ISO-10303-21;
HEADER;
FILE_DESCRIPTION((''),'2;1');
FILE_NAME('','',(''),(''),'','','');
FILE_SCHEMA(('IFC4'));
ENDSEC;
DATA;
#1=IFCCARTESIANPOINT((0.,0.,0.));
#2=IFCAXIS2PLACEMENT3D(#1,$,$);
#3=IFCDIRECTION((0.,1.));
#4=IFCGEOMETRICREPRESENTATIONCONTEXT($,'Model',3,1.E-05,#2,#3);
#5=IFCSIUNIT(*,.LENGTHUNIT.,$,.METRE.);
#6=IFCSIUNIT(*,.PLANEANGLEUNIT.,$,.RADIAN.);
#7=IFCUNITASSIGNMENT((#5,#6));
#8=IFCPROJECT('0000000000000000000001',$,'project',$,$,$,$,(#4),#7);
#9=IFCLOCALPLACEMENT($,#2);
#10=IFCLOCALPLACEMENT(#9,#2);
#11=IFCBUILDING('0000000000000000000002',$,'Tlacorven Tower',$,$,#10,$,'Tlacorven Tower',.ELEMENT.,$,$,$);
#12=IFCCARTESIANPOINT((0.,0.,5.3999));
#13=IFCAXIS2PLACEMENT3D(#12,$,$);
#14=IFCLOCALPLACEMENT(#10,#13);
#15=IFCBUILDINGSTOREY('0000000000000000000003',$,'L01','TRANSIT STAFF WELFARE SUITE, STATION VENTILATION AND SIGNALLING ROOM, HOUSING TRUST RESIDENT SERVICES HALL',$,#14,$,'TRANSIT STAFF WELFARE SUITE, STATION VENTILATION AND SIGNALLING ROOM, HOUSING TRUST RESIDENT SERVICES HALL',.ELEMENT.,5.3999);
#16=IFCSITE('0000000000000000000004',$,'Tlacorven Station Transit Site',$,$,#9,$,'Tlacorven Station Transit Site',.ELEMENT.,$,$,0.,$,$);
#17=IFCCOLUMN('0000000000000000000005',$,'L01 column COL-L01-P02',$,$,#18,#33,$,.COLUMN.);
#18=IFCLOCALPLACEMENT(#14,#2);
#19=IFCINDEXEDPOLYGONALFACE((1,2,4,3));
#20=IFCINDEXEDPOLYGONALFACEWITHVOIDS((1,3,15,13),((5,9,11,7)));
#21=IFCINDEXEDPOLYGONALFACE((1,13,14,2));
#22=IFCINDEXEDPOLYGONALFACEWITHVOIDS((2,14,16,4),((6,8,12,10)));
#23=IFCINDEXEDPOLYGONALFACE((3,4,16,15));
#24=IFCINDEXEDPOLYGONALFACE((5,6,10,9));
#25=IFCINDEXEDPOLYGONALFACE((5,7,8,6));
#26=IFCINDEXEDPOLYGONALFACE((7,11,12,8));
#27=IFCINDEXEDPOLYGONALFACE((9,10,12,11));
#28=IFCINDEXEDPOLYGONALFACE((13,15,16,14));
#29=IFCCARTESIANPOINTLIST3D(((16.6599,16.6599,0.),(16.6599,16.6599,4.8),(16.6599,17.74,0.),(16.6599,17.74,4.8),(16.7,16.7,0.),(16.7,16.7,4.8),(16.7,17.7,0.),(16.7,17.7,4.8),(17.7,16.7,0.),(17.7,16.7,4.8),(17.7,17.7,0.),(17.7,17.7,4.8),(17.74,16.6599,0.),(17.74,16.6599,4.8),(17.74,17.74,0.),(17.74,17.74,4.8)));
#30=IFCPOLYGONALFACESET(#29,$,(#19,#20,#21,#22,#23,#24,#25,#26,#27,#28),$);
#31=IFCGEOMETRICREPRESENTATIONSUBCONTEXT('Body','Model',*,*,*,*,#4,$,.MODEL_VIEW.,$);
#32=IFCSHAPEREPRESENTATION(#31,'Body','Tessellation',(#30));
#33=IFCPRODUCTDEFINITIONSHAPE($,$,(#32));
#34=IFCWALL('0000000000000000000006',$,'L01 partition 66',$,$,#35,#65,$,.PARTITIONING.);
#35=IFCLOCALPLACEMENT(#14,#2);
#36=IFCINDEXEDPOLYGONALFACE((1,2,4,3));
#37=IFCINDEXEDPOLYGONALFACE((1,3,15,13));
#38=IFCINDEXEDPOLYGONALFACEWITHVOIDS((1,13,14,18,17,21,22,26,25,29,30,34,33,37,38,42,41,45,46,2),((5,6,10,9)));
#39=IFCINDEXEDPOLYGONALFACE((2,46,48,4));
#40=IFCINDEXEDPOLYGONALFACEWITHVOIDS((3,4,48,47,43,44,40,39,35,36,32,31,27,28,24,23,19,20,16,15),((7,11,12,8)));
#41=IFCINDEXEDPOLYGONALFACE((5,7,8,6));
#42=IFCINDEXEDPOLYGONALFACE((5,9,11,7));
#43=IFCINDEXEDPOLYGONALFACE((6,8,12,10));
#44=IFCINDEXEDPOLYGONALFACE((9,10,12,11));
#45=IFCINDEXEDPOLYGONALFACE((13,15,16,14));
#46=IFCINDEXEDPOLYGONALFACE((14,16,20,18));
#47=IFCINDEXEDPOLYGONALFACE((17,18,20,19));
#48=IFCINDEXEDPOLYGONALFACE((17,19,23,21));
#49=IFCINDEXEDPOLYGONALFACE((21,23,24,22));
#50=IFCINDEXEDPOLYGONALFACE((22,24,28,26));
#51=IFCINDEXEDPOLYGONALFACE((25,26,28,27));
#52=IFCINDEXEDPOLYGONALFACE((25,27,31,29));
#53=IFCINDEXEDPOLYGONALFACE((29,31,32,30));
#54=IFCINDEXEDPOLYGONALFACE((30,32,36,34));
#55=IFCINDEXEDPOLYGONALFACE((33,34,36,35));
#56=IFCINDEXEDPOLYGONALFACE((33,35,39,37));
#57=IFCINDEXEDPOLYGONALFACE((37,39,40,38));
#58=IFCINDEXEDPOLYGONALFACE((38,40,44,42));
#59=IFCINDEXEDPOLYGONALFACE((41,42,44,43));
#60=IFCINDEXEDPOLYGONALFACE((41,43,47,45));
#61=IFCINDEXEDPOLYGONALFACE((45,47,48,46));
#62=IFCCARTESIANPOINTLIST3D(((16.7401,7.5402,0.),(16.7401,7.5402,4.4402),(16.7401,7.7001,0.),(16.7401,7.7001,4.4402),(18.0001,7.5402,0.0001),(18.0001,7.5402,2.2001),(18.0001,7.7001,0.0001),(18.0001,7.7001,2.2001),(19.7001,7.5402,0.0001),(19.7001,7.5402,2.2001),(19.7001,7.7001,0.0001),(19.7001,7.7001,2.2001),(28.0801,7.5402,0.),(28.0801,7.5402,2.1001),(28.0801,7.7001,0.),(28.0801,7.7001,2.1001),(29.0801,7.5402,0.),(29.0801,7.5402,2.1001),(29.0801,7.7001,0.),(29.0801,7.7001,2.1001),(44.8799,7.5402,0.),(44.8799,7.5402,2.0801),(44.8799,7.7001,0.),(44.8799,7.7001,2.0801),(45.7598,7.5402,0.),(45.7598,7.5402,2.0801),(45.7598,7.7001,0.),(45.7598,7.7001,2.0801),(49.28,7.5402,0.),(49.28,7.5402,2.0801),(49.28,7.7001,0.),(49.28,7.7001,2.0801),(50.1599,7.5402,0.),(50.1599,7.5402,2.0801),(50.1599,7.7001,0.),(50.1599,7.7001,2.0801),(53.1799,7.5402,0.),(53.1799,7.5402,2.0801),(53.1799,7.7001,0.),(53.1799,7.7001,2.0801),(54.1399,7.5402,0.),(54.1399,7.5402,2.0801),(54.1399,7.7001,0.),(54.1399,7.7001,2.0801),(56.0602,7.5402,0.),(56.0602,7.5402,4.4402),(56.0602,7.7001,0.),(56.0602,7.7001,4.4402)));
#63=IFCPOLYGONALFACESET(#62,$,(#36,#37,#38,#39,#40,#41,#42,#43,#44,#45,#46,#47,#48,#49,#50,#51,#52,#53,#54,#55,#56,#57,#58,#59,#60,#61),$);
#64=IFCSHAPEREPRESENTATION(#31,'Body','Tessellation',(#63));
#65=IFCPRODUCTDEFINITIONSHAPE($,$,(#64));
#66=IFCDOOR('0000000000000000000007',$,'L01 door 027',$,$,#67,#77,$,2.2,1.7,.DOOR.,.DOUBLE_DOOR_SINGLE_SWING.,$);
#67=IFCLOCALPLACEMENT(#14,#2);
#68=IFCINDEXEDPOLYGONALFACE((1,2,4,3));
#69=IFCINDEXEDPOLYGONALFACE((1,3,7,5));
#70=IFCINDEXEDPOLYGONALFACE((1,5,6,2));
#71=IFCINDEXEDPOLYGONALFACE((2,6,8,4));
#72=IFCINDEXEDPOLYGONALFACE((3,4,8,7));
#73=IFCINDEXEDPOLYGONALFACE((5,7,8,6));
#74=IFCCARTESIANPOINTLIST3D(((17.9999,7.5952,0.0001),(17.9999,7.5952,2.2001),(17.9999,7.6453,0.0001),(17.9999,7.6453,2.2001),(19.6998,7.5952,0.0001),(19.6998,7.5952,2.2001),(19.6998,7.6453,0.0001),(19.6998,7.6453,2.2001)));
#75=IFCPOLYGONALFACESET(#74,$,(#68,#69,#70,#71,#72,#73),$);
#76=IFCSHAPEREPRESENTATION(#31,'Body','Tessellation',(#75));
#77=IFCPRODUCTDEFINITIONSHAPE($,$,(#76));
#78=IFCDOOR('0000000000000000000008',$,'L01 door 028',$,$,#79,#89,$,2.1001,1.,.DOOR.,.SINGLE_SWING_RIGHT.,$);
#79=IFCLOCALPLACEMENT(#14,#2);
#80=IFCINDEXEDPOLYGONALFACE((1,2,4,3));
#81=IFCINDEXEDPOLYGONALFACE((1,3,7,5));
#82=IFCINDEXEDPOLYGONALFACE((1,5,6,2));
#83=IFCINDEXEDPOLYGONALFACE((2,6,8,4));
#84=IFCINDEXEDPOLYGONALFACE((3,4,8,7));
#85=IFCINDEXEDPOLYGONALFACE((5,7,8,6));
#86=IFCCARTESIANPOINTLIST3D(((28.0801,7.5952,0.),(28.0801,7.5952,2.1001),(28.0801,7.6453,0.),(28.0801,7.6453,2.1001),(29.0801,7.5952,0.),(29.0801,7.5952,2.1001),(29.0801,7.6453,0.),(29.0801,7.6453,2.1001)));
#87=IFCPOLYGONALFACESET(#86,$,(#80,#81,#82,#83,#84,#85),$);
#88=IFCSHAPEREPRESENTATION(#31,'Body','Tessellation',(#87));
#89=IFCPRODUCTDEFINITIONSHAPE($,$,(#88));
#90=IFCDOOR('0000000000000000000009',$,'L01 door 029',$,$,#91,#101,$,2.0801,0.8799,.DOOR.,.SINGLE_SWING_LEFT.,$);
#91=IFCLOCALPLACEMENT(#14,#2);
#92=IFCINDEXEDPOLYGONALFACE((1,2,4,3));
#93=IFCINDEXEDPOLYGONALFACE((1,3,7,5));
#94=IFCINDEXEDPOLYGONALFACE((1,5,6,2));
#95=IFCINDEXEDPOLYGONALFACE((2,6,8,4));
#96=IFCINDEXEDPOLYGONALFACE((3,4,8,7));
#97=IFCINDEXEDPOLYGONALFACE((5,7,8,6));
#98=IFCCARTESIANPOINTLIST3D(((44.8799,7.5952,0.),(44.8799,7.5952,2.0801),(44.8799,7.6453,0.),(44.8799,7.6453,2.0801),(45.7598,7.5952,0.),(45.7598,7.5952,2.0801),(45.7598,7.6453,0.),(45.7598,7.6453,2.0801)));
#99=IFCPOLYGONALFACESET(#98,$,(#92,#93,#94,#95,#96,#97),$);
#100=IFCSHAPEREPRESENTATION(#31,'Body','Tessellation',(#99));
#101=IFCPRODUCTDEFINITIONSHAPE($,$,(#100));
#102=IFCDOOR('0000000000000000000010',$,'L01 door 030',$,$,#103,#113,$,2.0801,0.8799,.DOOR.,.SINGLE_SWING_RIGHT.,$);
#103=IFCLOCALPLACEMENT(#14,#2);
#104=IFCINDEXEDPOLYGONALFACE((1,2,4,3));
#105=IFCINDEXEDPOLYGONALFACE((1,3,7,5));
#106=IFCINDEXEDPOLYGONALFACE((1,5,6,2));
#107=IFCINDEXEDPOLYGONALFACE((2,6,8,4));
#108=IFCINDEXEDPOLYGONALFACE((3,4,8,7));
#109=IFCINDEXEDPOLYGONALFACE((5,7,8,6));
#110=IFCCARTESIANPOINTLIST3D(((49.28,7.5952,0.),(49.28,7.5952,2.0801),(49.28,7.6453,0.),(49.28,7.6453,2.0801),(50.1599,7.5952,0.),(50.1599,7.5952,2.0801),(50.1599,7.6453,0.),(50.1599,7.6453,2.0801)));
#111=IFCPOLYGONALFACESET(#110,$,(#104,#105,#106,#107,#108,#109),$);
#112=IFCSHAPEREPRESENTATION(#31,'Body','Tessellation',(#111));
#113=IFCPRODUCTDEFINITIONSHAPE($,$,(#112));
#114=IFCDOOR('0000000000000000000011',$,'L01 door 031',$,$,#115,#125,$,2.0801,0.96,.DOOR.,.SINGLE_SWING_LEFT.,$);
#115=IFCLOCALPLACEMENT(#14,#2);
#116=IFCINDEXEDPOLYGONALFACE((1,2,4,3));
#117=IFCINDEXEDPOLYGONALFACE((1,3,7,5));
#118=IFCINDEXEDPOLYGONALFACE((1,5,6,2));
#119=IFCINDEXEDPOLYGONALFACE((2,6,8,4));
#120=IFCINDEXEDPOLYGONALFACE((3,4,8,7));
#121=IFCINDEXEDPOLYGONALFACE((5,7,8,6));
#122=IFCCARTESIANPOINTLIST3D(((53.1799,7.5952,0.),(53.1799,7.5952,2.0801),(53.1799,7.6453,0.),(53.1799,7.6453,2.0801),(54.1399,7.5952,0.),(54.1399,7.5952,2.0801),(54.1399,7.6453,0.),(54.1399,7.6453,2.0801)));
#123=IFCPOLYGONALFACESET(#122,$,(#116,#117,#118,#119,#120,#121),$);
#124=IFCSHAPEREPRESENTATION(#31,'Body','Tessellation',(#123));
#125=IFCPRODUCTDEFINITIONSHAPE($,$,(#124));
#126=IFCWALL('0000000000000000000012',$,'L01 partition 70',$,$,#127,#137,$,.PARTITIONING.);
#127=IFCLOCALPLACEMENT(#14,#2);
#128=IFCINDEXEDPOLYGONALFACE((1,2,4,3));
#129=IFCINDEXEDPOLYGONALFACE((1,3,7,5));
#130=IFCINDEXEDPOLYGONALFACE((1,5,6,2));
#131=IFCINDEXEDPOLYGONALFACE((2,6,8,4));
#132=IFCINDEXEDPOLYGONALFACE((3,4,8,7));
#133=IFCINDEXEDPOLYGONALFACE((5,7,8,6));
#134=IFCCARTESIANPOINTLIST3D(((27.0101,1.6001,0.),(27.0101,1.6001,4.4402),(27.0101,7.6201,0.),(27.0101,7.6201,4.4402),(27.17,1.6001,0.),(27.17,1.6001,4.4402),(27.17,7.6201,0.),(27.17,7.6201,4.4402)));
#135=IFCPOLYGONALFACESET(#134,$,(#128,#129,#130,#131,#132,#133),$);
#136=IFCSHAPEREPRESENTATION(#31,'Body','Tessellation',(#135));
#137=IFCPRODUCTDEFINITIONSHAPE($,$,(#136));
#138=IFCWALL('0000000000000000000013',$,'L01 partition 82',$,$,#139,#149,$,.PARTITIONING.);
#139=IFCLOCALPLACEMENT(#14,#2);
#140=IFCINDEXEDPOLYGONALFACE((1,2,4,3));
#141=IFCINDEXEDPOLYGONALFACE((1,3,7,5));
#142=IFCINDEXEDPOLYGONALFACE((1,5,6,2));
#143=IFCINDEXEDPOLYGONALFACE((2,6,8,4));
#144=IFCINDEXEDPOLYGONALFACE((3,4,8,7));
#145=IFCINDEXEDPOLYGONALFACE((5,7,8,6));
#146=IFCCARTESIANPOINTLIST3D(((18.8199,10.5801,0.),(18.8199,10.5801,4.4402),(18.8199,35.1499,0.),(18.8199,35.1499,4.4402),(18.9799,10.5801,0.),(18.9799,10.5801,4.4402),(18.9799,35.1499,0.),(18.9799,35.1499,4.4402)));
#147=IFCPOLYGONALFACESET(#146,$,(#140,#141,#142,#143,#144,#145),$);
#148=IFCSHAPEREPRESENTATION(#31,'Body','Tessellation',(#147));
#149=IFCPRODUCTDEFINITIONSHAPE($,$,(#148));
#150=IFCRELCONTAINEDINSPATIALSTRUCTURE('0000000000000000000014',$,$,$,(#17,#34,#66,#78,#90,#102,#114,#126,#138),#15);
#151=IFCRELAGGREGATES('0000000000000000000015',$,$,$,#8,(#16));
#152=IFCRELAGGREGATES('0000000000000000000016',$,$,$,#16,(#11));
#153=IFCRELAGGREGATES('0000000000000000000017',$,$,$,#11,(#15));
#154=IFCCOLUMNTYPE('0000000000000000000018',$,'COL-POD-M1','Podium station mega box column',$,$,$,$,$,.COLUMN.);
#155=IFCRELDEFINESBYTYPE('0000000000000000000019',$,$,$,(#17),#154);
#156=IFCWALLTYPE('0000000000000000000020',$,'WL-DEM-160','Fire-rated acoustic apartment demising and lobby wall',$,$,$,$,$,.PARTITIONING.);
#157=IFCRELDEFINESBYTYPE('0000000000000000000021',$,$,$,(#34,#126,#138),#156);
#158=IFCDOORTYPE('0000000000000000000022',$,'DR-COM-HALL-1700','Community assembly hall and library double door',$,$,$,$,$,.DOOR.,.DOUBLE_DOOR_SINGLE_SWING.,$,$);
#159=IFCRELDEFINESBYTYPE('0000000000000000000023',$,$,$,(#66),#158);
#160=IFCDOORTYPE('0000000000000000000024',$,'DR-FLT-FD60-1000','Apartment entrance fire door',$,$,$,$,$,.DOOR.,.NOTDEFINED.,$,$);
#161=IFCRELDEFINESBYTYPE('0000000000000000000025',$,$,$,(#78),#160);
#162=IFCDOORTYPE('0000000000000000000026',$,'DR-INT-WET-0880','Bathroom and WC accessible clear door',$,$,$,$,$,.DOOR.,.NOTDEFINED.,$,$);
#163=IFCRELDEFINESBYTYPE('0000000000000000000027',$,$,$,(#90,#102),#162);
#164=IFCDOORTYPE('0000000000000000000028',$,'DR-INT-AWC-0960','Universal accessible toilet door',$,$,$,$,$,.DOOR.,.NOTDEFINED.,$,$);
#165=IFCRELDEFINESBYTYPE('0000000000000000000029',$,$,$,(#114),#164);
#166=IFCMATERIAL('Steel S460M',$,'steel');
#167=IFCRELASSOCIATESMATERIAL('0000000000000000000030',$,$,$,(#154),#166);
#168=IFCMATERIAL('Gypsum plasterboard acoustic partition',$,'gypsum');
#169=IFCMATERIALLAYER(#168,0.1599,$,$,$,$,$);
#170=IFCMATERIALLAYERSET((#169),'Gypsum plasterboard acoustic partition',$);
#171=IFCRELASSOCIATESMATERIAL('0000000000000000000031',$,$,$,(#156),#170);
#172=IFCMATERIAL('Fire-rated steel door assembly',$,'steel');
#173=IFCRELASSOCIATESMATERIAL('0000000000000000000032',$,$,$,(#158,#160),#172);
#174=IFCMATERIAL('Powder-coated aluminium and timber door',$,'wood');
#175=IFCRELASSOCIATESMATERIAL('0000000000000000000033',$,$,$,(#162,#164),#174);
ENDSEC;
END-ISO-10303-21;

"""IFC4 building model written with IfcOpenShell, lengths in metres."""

from ifc_helpers import new_model, si_unit, direction, frame, frame_2d, origin, origin_2d, place, context, subcontext, project, spatial, rectangle, hollow_rectangle, extrude, source, transform, mapped, material, layer, layer_set, material_profile, profile_set, type_object, element, fill, save


model = new_model("IFC4")

# Units and contexts
model_context = context("Model", 3, precision=1e-05, world=origin(), true_north=direction((0.0, 1.0)))
body_context = subcontext(model_context, "Body", "Model", "MODEL_VIEW")
ifc_project = project(units=[si_unit("LENGTHUNIT", "METRE"), si_unit("PLANEANGLEUNIT", "RADIAN")], contexts=[model_context])

# Site, building, storey
site_placement = place(None, origin())
site = spatial("IfcSite", under=ifc_project, at=site_placement, Name="Tlacorven Station Transit Site", LongName="Tlacorven Station Transit Site", CompositionType="ELEMENT", RefElevation=0.0)
building_placement = place(site_placement, origin())
building = spatial("IfcBuilding", under=site, at=building_placement, Name="Tlacorven Tower", LongName="Tlacorven Tower", CompositionType="ELEMENT")
storey_placement = place(building_placement, frame((0.0, 0.0, 5.3999)))
storey = spatial("IfcBuildingStorey", under=building, at=storey_placement, Name="L01", Description="TRANSIT STAFF WELFARE SUITE, STATION VENTILATION AND SIGNALLING ROOM, HOUSING TRUST RESIDENT SERVICES HALL", LongName="TRANSIT STAFF WELFARE SUITE, STATION VENTILATION AND SIGNALLING ROOM, HOUSING TRUST RESIDENT SERVICES HALL", CompositionType="ELEMENT", Elevation=5.3999)

# Column
ifc_material_1 = material(Name="Steel S460M", Category="steel")
ifc_material_profile = material_profile(ifc_material_1, hollow_rectangle(XDim=1.0801, YDim=1.0801, WallThickness=0.04, at=origin_2d()), Name="BOX 1080X1080X40")
ifc_profile_set = profile_set([ifc_material_profile], Name="Steel S460M")
column_type = type_object("IfcColumnType", Name="COL-POD-M1", Description="Podium station mega box column", PredefinedType="COLUMN", material=ifc_profile_set)
shared_shape_1 = source(origin(), body_context, "Body", "SweptSolid", [
    extrude(hollow_rectangle(XDim=1.0801, YDim=1.0801, WallThickness=0.04, at=origin_2d()), origin(), (0.0, 0.0, 1.0), 4.8),
])
column_placement = place(storey_placement, frame((17.2, 17.2, 0.0), z_axis=(0.0, 0.0, 1.0), x_axis=(1.0, 0.0, 0.0)))
element("IfcColumn", 1, at=column_placement, inside=storey, type_object=column_type, Name="L01 column COL-L01-P02", PredefinedType="COLUMN", context=body_context, shape_type="MappedRepresentation", body=[
    mapped(shared_shape_1, transform((0.0, 0.0, 0.0), scale=1.0)),
])

# Wall, openings, doors
ifc_material_2 = material(Name="Gypsum plasterboard acoustic partition", Category="gypsum")
ifc_layer_1 = layer(ifc_material_2, 0.1599)
ifc_layer_set_1 = layer_set([ifc_layer_1], Name="Gypsum plasterboard acoustic partition")
wall_type_1 = type_object("IfcWallType", Name="WL-DEM-160", Description="Fire-rated acoustic apartment demising and lobby wall", PredefinedType="PARTITIONING", material=ifc_layer_set_1)
wall_1_placement = place(storey_placement, frame((16.74, 7.6201, 0.0), z_axis=(0.0, 0.0, 1.0), x_axis=(1.0, 0.0, 0.0)))
wall_1 = element("IfcWall", 2, at=wall_1_placement, inside=storey, type_object=wall_type_1, Name="L01 partition 66", PredefinedType="PARTITIONING", context=body_context, shape_type="SweptSolid", body=[
    extrude(rectangle(XDim=39.3201, YDim=0.1599, at=frame_2d((19.6602, 0.0))), origin(), (0.0, 0.0, 1.0), 4.4402),
])
opening_1_placement = place(wall_1_placement, frame((1.26, 0.0, 0.0)))
opening_1 = element("IfcOpeningElement", 3, at=opening_1_placement, cuts=wall_1, PredefinedType="OPENING", context=body_context, shape_type="SweptSolid", body=[
    extrude(rectangle(XDim=1.7, YDim=2.2, at=frame_2d((0.8501, 1.1001))), frame((0.0, 0.0898, 0.0), z_axis=(0.0, -1.0, 0.0), x_axis=(1.0, 0.0, 0.0)), (0.0, 0.0, 1.0), 0.1799),
])
opening_2_placement = place(wall_1_placement, frame((11.3401, 0.0, 0.0)))
opening_2 = element("IfcOpeningElement", 4, at=opening_2_placement, cuts=wall_1, PredefinedType="OPENING", context=body_context, shape_type="SweptSolid", body=[
    extrude(rectangle(XDim=1.0, YDim=2.1001, at=frame_2d((0.5, 1.05))), frame((0.0, 0.0898, 0.0), z_axis=(0.0, -1.0, 0.0), x_axis=(1.0, 0.0, 0.0)), (0.0, 0.0, 1.0), 0.1799),
])
opening_3_placement = place(wall_1_placement, frame((28.1399, 0.0, 0.0)))
opening_3 = element("IfcOpeningElement", 5, at=opening_3_placement, cuts=wall_1, PredefinedType="OPENING", context=body_context, shape_type="SweptSolid", body=[
    extrude(rectangle(XDim=0.8799, YDim=2.0801, at=frame_2d((0.4399, 1.04))), frame((0.0, 0.0898, 0.0), z_axis=(0.0, -1.0, 0.0), x_axis=(1.0, 0.0, 0.0)), (0.0, 0.0, 1.0), 0.1799),
])
opening_4_placement = place(wall_1_placement, frame((32.54, 0.0, 0.0)))
opening_4 = element("IfcOpeningElement", 6, at=opening_4_placement, cuts=wall_1, PredefinedType="OPENING", context=body_context, shape_type="SweptSolid", body=[
    extrude(rectangle(XDim=0.8799, YDim=2.0801, at=frame_2d((0.4399, 1.04))), frame((0.0, 0.0898, 0.0), z_axis=(0.0, -1.0, 0.0), x_axis=(1.0, 0.0, 0.0)), (0.0, 0.0, 1.0), 0.1799),
])
opening_5_placement = place(wall_1_placement, frame((36.4399, 0.0, 0.0)))
opening_5 = element("IfcOpeningElement", 7, at=opening_5_placement, cuts=wall_1, PredefinedType="OPENING", context=body_context, shape_type="SweptSolid", body=[
    extrude(rectangle(XDim=0.96, YDim=2.0801, at=frame_2d((0.48, 1.04))), frame((0.0, 0.0898, 0.0), z_axis=(0.0, -1.0, 0.0), x_axis=(1.0, 0.0, 0.0)), (0.0, 0.0, 1.0), 0.1799),
])
ifc_material_3 = material(Name="Fire-rated steel door assembly", Category="steel")
door_type_1 = type_object("IfcDoorType", Name="DR-COM-HALL-1700", Description="Community assembly hall and library double door", OperationType="DOUBLE_DOOR_SINGLE_SWING", PredefinedType="DOOR", material=ifc_material_3)
shared_shape_2 = source(origin(), body_context, "Body", "SweptSolid", [
    extrude(rectangle(XDim=1.7, YDim=2.2, at=frame_2d((0.8501, 1.1001))), frame((0.0, 0.0249, 0.0), z_axis=(0.0, -1.0, 0.0), x_axis=(1.0, 0.0, 0.0)), (0.0, 0.0, 1.0), 0.05),
])
door_1_placement = place(opening_1_placement, frame((1.7, 0.0, 0.0), z_axis=(0.0, 0.0, 1.0), x_axis=(-1.0, 0.0, 0.0)))
door_1 = element("IfcDoor", 8, at=door_1_placement, inside=storey, type_object=door_type_1, Name="L01 door 027", OperationType="DOUBLE_DOOR_SINGLE_SWING", OverallHeight=2.2, OverallWidth=1.7, PredefinedType="DOOR", context=body_context, shape_type="MappedRepresentation", body=[
    mapped(shared_shape_2, transform((0.0, 0.0, 0.0), scale=1.0)),
])
fill(opening_1, door_1)
door_type_2 = type_object("IfcDoorType", Name="DR-FLT-FD60-1000", Description="Apartment entrance fire door", OperationType="NOTDEFINED", PredefinedType="DOOR", material=ifc_material_3)
shared_shape_3 = source(origin(), body_context, "Body", "SweptSolid", [
    extrude(rectangle(XDim=1.0, YDim=2.1001, at=frame_2d((0.5, 1.05))), frame((0.0, 0.0249, 0.0), z_axis=(0.0, -1.0, 0.0), x_axis=(1.0, 0.0, 0.0)), (0.0, 0.0, 1.0), 0.05),
])
door_2_placement = place(opening_2_placement, frame((1.0, 0.0, 0.0), z_axis=(0.0, 0.0, 1.0), x_axis=(-1.0, 0.0, 0.0)))
door_2 = element("IfcDoor", 9, at=door_2_placement, inside=storey, type_object=door_type_2, Name="L01 door 028", OperationType="SINGLE_SWING_RIGHT", OverallHeight=2.1001, OverallWidth=1.0, PredefinedType="DOOR", context=body_context, shape_type="MappedRepresentation", body=[
    mapped(shared_shape_3, transform((0.0, 0.0, 0.0), scale=1.0)),
])
fill(opening_2, door_2)
ifc_material_4 = material(Name="Powder-coated aluminium and timber door", Category="wood")
door_type_3 = type_object("IfcDoorType", Name="DR-INT-WET-0880", Description="Bathroom and WC accessible clear door", OperationType="NOTDEFINED", PredefinedType="DOOR", material=ifc_material_4)
shared_shape_4 = source(origin(), body_context, "Body", "SweptSolid", [
    extrude(rectangle(XDim=0.8799, YDim=2.0801, at=frame_2d((0.4399, 1.04))), frame((0.0, 0.0249, 0.0), z_axis=(0.0, -1.0, 0.0), x_axis=(1.0, 0.0, 0.0)), (0.0, 0.0, 1.0), 0.05),
])
door_3_placement = place(opening_3_placement, frame((0.8799, 0.0, 0.0), z_axis=(0.0, 0.0, 1.0), x_axis=(-1.0, 0.0, 0.0)))
door_3 = element("IfcDoor", 10, at=door_3_placement, inside=storey, type_object=door_type_3, Name="L01 door 029", OperationType="SINGLE_SWING_LEFT", OverallHeight=2.0801, OverallWidth=0.8799, PredefinedType="DOOR", context=body_context, shape_type="MappedRepresentation", body=[
    mapped(shared_shape_4, transform((0.0, 0.0, 0.0), scale=1.0)),
])
fill(opening_3, door_3)
door_4_placement = place(opening_4_placement, frame((0.8799, 0.0, 0.0), z_axis=(0.0, 0.0, 1.0), x_axis=(-1.0, 0.0, 0.0)))
door_4 = element("IfcDoor", 11, at=door_4_placement, inside=storey, type_object=door_type_3, Name="L01 door 030", OperationType="SINGLE_SWING_RIGHT", OverallHeight=2.0801, OverallWidth=0.8799, PredefinedType="DOOR", context=body_context, shape_type="MappedRepresentation", body=[
    mapped(shared_shape_4, transform((0.0, 0.0, 0.0), scale=1.0)),
])
fill(opening_4, door_4)
door_type_4 = type_object("IfcDoorType", Name="DR-INT-AWC-0960", Description="Universal accessible toilet door", OperationType="NOTDEFINED", PredefinedType="DOOR", material=ifc_material_4)
shared_shape_5 = source(origin(), body_context, "Body", "SweptSolid", [
    extrude(rectangle(XDim=0.96, YDim=2.0801, at=frame_2d((0.48, 1.04))), frame((0.0, 0.0249, 0.0), z_axis=(0.0, -1.0, 0.0), x_axis=(1.0, 0.0, 0.0)), (0.0, 0.0, 1.0), 0.05),
])
door_5_placement = place(opening_5_placement, frame((0.96, 0.0, 0.0), z_axis=(0.0, 0.0, 1.0), x_axis=(-1.0, 0.0, 0.0)))
door_5 = element("IfcDoor", 12, at=door_5_placement, inside=storey, type_object=door_type_4, Name="L01 door 031", OperationType="SINGLE_SWING_LEFT", OverallHeight=2.0801, OverallWidth=0.96, PredefinedType="DOOR", context=body_context, shape_type="MappedRepresentation", body=[
    mapped(shared_shape_5, transform((0.0, 0.0, 0.0), scale=1.0)),
])
fill(opening_5, door_5)

# Walls
wall_2_placement = place(storey_placement, frame((27.0901, 1.6001, 0.0), z_axis=(0.0, 0.0, 1.0), x_axis=(0.0, 1.0, 0.0)))
element("IfcWall", 13, at=wall_2_placement, inside=storey, type_object=wall_type_1, Name="L01 partition 70", PredefinedType="PARTITIONING", context=body_context, shape_type="SweptSolid", body=[
    extrude(rectangle(XDim=6.02, YDim=0.1599, at=frame_2d((3.01, 0.0))), origin(), (0.0, 0.0, 1.0), 4.4402),
])
wall_3_placement = place(storey_placement, frame((18.8999, 10.5801, 0.0), z_axis=(0.0, 0.0, 1.0), x_axis=(0.0, 1.0, 0.0)))
element("IfcWall", 14, at=wall_3_placement, inside=storey, type_object=wall_type_1, Name="L01 partition 82", PredefinedType="PARTITIONING", context=body_context, shape_type="SweptSolid", body=[
    extrude(rectangle(XDim=24.5698, YDim=0.1599, at=frame_2d((12.2849, 0.0))), origin(), (0.0, 0.0, 1.0), 4.4402),
])

save(model, "model.ifc")
